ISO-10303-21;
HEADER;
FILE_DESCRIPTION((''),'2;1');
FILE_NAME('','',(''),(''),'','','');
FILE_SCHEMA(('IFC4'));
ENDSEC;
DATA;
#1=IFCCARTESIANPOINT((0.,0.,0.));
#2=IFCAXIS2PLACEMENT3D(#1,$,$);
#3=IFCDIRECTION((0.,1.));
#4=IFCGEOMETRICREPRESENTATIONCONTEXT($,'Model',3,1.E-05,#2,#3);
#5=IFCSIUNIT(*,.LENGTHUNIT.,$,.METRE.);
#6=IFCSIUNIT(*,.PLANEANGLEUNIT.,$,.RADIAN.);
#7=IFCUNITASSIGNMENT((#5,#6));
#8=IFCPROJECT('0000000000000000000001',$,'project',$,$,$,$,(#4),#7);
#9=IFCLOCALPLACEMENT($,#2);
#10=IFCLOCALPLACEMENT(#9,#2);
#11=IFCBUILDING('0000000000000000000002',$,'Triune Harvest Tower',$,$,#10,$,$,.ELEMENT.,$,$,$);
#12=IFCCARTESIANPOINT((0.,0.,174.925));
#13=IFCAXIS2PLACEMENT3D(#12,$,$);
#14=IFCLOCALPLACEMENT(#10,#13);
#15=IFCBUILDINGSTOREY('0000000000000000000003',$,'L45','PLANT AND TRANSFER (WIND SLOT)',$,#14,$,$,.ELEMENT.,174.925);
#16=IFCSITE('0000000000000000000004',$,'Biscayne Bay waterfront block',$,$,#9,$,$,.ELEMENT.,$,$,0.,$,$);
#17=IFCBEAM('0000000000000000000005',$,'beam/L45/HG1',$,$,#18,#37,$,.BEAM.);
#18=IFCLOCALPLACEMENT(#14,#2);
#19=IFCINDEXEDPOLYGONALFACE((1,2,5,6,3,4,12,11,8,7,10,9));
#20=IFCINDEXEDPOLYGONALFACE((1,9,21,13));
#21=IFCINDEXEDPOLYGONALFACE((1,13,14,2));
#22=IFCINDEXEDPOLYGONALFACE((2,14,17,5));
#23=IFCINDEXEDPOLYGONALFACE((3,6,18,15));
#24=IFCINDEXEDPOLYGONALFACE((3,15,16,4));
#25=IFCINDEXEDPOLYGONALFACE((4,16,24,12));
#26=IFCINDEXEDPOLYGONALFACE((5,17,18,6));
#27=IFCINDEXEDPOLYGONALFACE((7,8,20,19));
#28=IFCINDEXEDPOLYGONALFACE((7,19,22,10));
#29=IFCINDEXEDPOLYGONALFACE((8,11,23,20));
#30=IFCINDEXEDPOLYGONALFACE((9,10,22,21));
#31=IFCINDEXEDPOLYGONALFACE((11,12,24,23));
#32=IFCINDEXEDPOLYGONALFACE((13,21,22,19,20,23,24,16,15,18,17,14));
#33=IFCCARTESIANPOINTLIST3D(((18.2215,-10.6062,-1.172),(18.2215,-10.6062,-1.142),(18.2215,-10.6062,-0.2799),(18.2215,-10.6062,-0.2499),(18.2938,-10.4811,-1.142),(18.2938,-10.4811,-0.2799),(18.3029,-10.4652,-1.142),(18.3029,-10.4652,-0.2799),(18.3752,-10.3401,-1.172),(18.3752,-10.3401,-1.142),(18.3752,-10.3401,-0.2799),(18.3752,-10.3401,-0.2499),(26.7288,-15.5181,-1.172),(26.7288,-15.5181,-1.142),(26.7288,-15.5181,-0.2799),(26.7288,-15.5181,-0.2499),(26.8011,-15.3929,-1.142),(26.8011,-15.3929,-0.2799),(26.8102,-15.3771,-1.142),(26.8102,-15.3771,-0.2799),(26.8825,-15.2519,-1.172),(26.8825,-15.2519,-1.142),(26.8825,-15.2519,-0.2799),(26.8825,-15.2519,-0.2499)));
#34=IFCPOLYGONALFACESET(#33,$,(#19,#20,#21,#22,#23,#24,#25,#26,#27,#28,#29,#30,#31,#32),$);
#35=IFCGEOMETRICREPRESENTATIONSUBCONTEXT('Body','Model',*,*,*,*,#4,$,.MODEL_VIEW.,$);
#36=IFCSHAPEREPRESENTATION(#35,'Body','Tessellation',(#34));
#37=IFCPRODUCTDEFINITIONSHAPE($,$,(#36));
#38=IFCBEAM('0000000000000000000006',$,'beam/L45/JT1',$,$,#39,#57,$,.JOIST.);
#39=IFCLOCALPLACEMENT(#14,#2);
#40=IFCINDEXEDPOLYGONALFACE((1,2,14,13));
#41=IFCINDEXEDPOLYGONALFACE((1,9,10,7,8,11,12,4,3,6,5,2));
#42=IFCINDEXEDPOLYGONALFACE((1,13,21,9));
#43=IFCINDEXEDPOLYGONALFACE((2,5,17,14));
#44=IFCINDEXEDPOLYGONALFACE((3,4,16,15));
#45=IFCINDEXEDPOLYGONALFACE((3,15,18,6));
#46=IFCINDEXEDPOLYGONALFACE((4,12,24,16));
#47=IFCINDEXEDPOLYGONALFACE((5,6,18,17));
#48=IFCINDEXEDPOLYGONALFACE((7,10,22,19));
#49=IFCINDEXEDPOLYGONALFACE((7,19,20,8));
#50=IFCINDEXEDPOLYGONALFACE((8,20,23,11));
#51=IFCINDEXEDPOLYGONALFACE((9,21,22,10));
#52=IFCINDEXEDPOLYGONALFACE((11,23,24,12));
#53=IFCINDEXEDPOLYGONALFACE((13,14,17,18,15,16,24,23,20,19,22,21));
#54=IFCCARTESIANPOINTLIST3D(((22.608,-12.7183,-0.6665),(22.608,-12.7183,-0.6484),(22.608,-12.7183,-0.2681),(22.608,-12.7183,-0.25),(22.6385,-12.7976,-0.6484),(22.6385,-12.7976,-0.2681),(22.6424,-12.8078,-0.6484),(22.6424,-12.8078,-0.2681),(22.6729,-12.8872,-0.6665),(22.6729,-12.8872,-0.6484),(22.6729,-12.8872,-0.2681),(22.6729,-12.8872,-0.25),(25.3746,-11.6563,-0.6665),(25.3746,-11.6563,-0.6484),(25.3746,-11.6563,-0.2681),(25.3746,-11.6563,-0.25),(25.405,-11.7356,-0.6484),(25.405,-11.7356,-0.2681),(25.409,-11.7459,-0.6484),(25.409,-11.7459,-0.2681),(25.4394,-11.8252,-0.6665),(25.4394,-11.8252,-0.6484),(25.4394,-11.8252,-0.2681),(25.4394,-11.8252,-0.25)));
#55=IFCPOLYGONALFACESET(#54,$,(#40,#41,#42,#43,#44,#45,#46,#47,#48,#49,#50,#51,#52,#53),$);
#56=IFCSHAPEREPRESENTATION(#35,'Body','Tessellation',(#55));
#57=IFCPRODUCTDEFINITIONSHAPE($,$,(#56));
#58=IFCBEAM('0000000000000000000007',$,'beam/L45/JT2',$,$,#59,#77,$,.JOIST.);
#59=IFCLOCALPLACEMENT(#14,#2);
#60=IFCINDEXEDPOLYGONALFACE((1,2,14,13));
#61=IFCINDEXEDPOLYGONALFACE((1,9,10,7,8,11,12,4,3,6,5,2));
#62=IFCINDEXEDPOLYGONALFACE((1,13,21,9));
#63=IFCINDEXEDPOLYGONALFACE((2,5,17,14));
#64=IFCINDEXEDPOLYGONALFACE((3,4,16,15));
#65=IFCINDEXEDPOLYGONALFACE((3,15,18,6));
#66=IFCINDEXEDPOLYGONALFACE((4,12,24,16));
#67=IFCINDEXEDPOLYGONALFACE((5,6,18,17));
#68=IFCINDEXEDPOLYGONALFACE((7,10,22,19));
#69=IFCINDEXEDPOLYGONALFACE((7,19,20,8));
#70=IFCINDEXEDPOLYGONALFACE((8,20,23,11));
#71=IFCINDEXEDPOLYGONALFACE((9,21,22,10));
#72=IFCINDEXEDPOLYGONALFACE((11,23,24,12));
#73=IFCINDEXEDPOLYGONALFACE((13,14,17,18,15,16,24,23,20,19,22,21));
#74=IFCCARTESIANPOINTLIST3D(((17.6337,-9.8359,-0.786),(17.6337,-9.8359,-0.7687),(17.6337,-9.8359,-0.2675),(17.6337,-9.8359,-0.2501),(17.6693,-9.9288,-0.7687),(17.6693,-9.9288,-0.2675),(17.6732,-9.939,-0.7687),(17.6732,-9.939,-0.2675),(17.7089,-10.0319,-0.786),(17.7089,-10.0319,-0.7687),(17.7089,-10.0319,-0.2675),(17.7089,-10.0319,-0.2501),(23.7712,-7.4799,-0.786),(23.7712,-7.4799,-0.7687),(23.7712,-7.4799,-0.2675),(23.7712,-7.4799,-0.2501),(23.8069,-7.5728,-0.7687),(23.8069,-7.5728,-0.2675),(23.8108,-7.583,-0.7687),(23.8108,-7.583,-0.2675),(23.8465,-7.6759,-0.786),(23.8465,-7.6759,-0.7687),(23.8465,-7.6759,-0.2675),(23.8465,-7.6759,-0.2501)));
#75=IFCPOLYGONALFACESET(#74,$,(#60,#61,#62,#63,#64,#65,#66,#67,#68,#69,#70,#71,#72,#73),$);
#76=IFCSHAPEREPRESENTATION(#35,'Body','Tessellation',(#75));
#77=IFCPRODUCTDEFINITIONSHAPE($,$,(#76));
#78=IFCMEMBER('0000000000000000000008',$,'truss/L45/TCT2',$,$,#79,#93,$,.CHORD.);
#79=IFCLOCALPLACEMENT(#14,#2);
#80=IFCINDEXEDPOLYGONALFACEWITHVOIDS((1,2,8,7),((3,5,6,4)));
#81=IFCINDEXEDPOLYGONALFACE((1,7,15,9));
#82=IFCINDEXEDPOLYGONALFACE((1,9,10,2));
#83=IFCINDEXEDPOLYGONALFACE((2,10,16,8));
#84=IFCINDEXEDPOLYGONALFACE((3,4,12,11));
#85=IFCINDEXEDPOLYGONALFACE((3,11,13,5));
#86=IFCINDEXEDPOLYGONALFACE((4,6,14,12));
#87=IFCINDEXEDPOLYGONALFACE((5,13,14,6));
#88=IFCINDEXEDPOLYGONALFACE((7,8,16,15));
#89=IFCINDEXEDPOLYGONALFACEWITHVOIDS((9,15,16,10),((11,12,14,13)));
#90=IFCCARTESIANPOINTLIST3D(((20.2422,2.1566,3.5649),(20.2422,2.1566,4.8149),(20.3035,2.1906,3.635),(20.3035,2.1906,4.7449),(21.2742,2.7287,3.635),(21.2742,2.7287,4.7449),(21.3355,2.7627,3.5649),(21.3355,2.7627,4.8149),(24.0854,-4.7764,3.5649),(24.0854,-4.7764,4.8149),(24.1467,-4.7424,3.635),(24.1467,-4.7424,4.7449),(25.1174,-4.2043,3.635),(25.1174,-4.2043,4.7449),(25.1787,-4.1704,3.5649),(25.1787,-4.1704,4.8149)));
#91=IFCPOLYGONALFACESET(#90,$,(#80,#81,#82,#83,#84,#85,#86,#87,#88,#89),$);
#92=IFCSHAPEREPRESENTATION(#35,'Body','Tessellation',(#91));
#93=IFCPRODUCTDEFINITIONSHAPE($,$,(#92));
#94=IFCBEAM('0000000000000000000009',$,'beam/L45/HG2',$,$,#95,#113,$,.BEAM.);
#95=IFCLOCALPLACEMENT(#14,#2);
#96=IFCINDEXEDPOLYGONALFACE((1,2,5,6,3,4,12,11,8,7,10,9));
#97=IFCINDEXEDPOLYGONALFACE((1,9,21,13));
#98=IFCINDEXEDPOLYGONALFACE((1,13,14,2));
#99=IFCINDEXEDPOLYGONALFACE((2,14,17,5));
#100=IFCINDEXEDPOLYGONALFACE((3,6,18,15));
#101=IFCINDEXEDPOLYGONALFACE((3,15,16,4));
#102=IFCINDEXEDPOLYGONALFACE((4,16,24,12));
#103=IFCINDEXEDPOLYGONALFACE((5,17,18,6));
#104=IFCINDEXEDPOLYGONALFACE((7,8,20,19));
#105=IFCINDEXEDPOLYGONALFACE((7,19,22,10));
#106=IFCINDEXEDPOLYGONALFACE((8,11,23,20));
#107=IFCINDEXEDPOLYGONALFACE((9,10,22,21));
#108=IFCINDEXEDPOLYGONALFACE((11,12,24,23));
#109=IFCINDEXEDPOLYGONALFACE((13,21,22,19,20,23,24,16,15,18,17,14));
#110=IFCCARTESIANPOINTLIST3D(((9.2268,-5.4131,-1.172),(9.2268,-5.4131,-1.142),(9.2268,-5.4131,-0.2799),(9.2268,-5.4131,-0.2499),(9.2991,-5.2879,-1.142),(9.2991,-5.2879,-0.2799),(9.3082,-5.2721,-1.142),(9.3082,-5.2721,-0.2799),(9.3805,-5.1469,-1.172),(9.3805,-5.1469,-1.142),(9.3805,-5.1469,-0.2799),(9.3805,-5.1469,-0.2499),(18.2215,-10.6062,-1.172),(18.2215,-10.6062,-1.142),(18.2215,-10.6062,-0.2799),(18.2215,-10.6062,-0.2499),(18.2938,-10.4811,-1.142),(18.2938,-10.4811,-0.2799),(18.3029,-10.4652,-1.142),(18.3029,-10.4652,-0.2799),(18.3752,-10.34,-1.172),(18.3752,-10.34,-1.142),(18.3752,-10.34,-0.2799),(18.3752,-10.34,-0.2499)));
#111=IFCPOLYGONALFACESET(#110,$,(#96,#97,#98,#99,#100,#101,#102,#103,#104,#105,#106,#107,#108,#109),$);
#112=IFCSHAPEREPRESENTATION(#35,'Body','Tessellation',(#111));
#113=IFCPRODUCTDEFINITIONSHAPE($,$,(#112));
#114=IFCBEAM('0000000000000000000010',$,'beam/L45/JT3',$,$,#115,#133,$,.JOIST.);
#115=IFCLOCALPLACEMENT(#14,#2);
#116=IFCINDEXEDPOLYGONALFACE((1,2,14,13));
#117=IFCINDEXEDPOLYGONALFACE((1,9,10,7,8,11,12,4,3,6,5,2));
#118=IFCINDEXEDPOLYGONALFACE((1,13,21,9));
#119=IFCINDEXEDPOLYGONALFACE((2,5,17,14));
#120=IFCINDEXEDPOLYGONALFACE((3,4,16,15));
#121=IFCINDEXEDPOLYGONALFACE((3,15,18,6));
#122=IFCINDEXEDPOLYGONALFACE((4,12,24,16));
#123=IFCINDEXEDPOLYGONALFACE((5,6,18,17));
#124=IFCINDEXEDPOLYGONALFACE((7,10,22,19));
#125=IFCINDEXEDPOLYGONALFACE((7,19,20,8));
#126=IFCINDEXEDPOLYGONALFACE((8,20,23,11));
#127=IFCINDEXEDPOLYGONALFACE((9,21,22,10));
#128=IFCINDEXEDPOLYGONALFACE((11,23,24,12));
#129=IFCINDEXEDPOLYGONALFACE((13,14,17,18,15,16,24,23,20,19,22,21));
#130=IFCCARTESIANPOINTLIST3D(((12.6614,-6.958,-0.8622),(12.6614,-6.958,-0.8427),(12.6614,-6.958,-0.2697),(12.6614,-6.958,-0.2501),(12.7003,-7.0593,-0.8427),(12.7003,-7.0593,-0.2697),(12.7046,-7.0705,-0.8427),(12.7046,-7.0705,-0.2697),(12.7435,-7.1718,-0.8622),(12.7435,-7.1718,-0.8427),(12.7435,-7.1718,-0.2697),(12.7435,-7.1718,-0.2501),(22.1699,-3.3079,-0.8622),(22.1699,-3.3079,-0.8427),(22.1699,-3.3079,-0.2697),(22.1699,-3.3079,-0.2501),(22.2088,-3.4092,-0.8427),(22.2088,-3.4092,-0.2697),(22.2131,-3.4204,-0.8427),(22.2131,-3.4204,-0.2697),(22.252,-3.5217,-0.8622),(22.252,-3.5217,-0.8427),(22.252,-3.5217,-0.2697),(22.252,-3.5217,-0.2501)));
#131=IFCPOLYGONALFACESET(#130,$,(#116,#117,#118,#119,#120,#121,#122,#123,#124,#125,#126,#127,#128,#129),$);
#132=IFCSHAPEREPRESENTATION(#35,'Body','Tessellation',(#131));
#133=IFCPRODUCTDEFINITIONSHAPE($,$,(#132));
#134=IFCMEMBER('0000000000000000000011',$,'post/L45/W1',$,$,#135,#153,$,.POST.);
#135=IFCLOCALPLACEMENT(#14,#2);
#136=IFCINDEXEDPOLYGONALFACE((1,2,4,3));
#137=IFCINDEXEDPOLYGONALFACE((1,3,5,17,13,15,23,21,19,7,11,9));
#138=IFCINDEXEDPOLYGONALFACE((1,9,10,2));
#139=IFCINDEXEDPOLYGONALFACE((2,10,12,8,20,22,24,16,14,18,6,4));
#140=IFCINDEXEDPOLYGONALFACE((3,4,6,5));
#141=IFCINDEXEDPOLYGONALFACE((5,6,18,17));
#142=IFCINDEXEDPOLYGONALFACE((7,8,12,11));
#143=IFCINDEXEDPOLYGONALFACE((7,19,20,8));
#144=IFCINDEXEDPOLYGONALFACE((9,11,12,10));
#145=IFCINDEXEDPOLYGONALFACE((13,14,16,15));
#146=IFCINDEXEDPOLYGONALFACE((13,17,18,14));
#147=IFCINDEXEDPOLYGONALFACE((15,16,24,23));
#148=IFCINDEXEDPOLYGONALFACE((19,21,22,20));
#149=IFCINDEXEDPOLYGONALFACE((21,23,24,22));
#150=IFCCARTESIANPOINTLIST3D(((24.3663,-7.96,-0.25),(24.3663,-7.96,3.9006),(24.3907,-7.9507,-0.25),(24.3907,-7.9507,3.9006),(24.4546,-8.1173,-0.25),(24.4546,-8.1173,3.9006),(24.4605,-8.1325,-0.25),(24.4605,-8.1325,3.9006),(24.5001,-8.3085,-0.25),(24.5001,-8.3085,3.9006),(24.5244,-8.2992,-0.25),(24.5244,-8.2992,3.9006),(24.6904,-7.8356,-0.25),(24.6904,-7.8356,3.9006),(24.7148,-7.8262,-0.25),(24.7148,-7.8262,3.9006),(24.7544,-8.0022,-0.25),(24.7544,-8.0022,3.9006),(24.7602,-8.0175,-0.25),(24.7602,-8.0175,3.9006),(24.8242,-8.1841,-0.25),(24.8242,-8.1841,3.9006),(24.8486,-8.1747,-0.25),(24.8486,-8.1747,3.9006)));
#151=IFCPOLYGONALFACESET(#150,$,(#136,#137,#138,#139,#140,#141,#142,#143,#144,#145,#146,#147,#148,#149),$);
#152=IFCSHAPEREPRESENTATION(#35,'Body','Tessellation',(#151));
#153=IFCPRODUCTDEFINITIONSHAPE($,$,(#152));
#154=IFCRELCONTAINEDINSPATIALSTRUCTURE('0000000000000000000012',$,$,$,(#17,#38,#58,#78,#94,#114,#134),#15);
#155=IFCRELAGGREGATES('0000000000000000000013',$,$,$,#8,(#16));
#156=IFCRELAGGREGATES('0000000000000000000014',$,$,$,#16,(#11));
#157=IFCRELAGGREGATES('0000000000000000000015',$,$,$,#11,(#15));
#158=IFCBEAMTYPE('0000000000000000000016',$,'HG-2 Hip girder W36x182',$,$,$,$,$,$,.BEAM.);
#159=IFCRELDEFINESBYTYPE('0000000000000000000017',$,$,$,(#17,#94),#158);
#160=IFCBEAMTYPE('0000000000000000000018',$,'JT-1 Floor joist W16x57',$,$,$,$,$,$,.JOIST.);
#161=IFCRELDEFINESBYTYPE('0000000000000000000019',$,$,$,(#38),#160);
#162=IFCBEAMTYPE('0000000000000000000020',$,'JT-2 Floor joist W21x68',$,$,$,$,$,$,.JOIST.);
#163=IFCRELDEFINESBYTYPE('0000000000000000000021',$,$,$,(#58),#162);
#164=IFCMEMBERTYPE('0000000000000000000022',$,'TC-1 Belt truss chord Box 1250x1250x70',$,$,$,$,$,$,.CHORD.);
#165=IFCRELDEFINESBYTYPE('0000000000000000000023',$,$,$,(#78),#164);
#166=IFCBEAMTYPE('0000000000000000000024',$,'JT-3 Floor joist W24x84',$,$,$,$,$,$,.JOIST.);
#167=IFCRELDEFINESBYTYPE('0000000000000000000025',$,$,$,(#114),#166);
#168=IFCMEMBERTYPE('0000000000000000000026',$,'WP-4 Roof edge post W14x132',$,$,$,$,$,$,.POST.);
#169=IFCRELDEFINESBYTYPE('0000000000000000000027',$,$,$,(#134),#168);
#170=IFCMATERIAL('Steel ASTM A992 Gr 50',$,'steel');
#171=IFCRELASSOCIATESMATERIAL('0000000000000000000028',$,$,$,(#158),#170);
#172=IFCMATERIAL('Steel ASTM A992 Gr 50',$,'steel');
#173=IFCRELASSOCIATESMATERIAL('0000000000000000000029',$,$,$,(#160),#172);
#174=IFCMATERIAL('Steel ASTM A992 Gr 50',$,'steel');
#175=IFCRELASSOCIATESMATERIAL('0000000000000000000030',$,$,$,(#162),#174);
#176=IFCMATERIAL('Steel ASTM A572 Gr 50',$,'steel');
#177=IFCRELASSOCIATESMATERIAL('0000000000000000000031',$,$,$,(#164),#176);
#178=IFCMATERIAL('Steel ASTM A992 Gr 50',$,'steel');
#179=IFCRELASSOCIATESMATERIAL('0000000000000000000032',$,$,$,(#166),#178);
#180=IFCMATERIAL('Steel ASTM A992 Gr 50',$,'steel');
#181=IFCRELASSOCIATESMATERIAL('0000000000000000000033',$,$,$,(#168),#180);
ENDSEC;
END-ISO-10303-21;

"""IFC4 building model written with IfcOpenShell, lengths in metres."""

from ifc_helpers import new_model, si_unit, direction, frame, origin, origin_2d, place, context, subcontext, project, spatial, hollow_rectangle, i_section, extrude, source, transform, mapped, material, material_profile, profile_set, type_object, element, save


model = new_model("IFC4")

# Units and contexts
model_context = context("Model", 3, precision=1e-05, world=origin(), true_north=direction((0.0, 1.0)))
body_context = subcontext(model_context, "Body", "Model", "MODEL_VIEW")
ifc_project = project(units=[si_unit("LENGTHUNIT", "METRE"), si_unit("PLANEANGLEUNIT", "RADIAN")], contexts=[model_context])

# Site, building, storey
site_placement = place(None, origin())
site = spatial("IfcSite", under=ifc_project, at=site_placement, Name="Biscayne Bay waterfront block", CompositionType="ELEMENT", RefElevation=0.0)
building_placement = place(site_placement, origin())
building = spatial("IfcBuilding", under=site, at=building_placement, Name="Triune Harvest Tower", CompositionType="ELEMENT")
storey_placement = place(building_placement, frame((0.0, 0.0, 174.925)))
storey = spatial("IfcBuildingStorey", under=building, at=storey_placement, Name="L45", Description="PLANT AND TRANSFER (WIND SLOT)", CompositionType="ELEMENT", Elevation=174.925)

# Beams
ifc_material_1 = material(Name="Steel ASTM A992 Gr 50", Category="steel")
ifc_material_profile_1 = material_profile(ifc_material_1, i_section(OverallWidth=0.3074, OverallDepth=0.9221, WebThickness=0.0183, FlangeThickness=0.03, at=origin_2d()), Name="W36x182")
ifc_profile_set_1 = profile_set([ifc_material_profile_1], Name="Steel ASTM A992 Gr 50")
beam_type_1 = type_object("IfcBeamType", Name="HG-2 Hip girder W36x182", PredefinedType="BEAM", material=ifc_profile_set_1)
beam_1_placement = place(storey_placement, frame((26.8057, -15.385, -0.7109), z_axis=(-0.866018, 0.500012, 0.0), x_axis=(-0.500012, -0.866018, 0.0)))
element("IfcBeam", 1, at=beam_1_placement, inside=storey, type_object=beam_type_1, Name="beam/L45/HG1", PredefinedType="BEAM", context=body_context, shape_type="SweptSolid", body=[
    extrude(i_section(OverallWidth=0.3074, OverallDepth=0.9221, WebThickness=0.0183, FlangeThickness=0.03, at=origin_2d()), origin(), (0.0, 0.0, 1.0), 9.8235),
])
ifc_material_2 = material(Name="Steel ASTM A992 Gr 50", Category="steel")
ifc_material_profile_2 = material_profile(ifc_material_2, i_section(OverallWidth=0.1809, OverallDepth=0.4165, WebThickness=0.011, FlangeThickness=0.0181, at=origin_2d()), Name="W16x57")
ifc_profile_set_2 = profile_set([ifc_material_profile_2], Name="Steel ASTM A992 Gr 50")
beam_type_2 = type_object("IfcBeamType", Name="JT-1 Floor joist W16x57", PredefinedType="JOIST", material=ifc_profile_set_2)
beam_2_placement = place(storey_placement, frame((25.407, -11.7407, -0.4583), z_axis=(-0.933579, -0.358372, 0.0), x_axis=(0.358372, -0.933579, 0.0)))
element("IfcBeam", 2, at=beam_2_placement, inside=storey, type_object=beam_type_2, Name="beam/L45/JT1", PredefinedType="JOIST", context=body_context, shape_type="SweptSolid", body=[
    extrude(i_section(OverallWidth=0.1809, OverallDepth=0.4165, WebThickness=0.011, FlangeThickness=0.0181, at=origin_2d()), origin(), (0.0, 0.0, 1.0), 2.9634),
])
ifc_material_3 = material(Name="Steel ASTM A992 Gr 50", Category="steel")
ifc_material_profile_3 = material_profile(ifc_material_3, i_section(OverallWidth=0.21, OverallDepth=0.5359, WebThickness=0.011, FlangeThickness=0.0173, at=origin_2d()), Name="W21x68")
ifc_profile_set_3 = profile_set([ifc_material_profile_3], Name="Steel ASTM A992 Gr 50")
beam_type_3 = type_object("IfcBeamType", Name="JT-2 Floor joist W21x68", PredefinedType="JOIST", material=ifc_profile_set_3)
beam_3_placement = place(storey_placement, frame((23.8088, -7.5779, -0.5181), z_axis=(-0.93358, -0.358369, 0.0), x_axis=(0.358369, -0.93358, 0.0)))
element("IfcBeam", 3, at=beam_3_placement, inside=storey, type_object=beam_type_3, Name="beam/L45/JT2", PredefinedType="JOIST", context=body_context, shape_type="SweptSolid", body=[
    extrude(i_section(OverallWidth=0.21, OverallDepth=0.5359, WebThickness=0.011, FlangeThickness=0.0173, at=origin_2d()), origin(), (0.0, 0.0, 1.0), 6.5742),
])

# Member
ifc_material_4 = material(Name="Steel ASTM A572 Gr 50", Category="steel")
ifc_material_profile_4 = material_profile(ifc_material_4, hollow_rectangle(XDim=1.25, YDim=1.25, WallThickness=0.0701, at=origin_2d()), Name="Box 1250x1250x70")
ifc_profile_set_4 = profile_set([ifc_material_profile_4], Name="Steel ASTM A572 Gr 50")
member_type_1 = type_object("IfcMemberType", Name="TC-1 Belt truss chord Box 1250x1250x70", PredefinedType="CHORD", material=ifc_profile_set_4)
member_1_placement = place(storey_placement, frame((24.6321, -4.4734, 4.1899), z_axis=(-0.484827, 0.87461, 0.0), x_axis=(-0.87461, -0.484827, 0.0)))
element("IfcMember", 4, at=member_1_placement, inside=storey, type_object=member_type_1, Name="truss/L45/TCT2", PredefinedType="CHORD", context=body_context, shape_type="SweptSolid", body=[
    extrude(hollow_rectangle(XDim=1.25, YDim=1.25, WallThickness=0.0701, at=origin_2d()), origin(), (0.0, 0.0, 1.0), 7.927),
])

# Beams
shared_shape_1 = source(origin(), body_context, "Body", "SweptSolid", [
    extrude(i_section(OverallWidth=0.3074, OverallDepth=0.9221, WebThickness=0.0183, FlangeThickness=0.03, at=origin_2d()), origin(), (0.0, 0.0, 1.0), 10.3862),
])
beam_4_placement = place(storey_placement, frame((18.2983, -10.4731, -0.7109), z_axis=(-0.866023, 0.500005, 0.0), x_axis=(-0.500005, -0.866023, 0.0)))
element("IfcBeam", 5, at=beam_4_placement, inside=storey, type_object=beam_type_1, Name="beam/L45/HG2", PredefinedType="BEAM", context=body_context, shape_type="MappedRepresentation", body=[
    mapped(shared_shape_1, transform((0.0, 0.0, 0.0), scale=1.0)),
])
ifc_material_5 = material(Name="Steel ASTM A992 Gr 50", Category="steel")
ifc_material_profile_5 = material_profile(ifc_material_5, i_section(OverallWidth=0.229, OverallDepth=0.6121, WebThickness=0.012, FlangeThickness=0.0195, at=origin_2d()), Name="W24x84")
ifc_profile_set_5 = profile_set([ifc_material_profile_5], Name="Steel ASTM A992 Gr 50")
beam_type_4 = type_object("IfcBeamType", Name="JT-3 Floor joist W24x84", PredefinedType="JOIST", material=ifc_profile_set_5)
shared_shape_2 = source(origin(), body_context, "Body", "SweptSolid", [
    extrude(i_section(OverallWidth=0.229, OverallDepth=0.6121, WebThickness=0.012, FlangeThickness=0.0195, at=origin_2d()), origin(), (0.0, 0.0, 1.0), 10.1851),
])
beam_5_placement = place(storey_placement, frame((22.2109, -3.4148, -0.5562), z_axis=(-0.933575, -0.358381, 0.0), x_axis=(0.358381, -0.933575, 0.0)))
element("IfcBeam", 6, at=beam_5_placement, inside=storey, type_object=beam_type_4, Name="beam/L45/JT3", PredefinedType="JOIST", context=body_context, shape_type="MappedRepresentation", body=[
    mapped(shared_shape_2, transform((0.0, 0.0, 0.0), scale=1.0)),
])

# Member
ifc_material_6 = material(Name="Steel ASTM A992 Gr 50", Category="steel")
ifc_material_profile_6 = material_profile(ifc_material_6, i_section(OverallWidth=0.3733, OverallDepth=0.3733, WebThickness=0.0164, FlangeThickness=0.0261, at=origin_2d()), Name="W14x132")
ifc_profile_set_6 = profile_set([ifc_material_profile_6], Name="Steel ASTM A992 Gr 50")
member_type_2 = type_object("IfcMemberType", Name="WP-4 Roof edge post W14x132", PredefinedType="POST", material=ifc_profile_set_6)
shared_shape_3 = source(origin(), body_context, "Body", "SweptSolid", [
    extrude(i_section(OverallWidth=0.3733, OverallDepth=0.3733, WebThickness=0.0164, FlangeThickness=0.0261, at=origin_2d()), origin(), (0.0, 0.0, 1.0), 4.1506),
])
member_2_placement = place(storey_placement, frame((24.6074, -8.0674, -0.25), z_axis=(0.0, 0.0, 1.0), x_axis=(-0.358368, 0.93358, 0.0)))
element("IfcMember", 7, at=member_2_placement, inside=storey, type_object=member_type_2, Name="post/L45/W1", PredefinedType="POST", context=body_context, shape_type="MappedRepresentation", body=[
    mapped(shared_shape_3, transform((0.0, 0.0, 0.0), scale=1.0)),
])

save(model, "model.ifc")
